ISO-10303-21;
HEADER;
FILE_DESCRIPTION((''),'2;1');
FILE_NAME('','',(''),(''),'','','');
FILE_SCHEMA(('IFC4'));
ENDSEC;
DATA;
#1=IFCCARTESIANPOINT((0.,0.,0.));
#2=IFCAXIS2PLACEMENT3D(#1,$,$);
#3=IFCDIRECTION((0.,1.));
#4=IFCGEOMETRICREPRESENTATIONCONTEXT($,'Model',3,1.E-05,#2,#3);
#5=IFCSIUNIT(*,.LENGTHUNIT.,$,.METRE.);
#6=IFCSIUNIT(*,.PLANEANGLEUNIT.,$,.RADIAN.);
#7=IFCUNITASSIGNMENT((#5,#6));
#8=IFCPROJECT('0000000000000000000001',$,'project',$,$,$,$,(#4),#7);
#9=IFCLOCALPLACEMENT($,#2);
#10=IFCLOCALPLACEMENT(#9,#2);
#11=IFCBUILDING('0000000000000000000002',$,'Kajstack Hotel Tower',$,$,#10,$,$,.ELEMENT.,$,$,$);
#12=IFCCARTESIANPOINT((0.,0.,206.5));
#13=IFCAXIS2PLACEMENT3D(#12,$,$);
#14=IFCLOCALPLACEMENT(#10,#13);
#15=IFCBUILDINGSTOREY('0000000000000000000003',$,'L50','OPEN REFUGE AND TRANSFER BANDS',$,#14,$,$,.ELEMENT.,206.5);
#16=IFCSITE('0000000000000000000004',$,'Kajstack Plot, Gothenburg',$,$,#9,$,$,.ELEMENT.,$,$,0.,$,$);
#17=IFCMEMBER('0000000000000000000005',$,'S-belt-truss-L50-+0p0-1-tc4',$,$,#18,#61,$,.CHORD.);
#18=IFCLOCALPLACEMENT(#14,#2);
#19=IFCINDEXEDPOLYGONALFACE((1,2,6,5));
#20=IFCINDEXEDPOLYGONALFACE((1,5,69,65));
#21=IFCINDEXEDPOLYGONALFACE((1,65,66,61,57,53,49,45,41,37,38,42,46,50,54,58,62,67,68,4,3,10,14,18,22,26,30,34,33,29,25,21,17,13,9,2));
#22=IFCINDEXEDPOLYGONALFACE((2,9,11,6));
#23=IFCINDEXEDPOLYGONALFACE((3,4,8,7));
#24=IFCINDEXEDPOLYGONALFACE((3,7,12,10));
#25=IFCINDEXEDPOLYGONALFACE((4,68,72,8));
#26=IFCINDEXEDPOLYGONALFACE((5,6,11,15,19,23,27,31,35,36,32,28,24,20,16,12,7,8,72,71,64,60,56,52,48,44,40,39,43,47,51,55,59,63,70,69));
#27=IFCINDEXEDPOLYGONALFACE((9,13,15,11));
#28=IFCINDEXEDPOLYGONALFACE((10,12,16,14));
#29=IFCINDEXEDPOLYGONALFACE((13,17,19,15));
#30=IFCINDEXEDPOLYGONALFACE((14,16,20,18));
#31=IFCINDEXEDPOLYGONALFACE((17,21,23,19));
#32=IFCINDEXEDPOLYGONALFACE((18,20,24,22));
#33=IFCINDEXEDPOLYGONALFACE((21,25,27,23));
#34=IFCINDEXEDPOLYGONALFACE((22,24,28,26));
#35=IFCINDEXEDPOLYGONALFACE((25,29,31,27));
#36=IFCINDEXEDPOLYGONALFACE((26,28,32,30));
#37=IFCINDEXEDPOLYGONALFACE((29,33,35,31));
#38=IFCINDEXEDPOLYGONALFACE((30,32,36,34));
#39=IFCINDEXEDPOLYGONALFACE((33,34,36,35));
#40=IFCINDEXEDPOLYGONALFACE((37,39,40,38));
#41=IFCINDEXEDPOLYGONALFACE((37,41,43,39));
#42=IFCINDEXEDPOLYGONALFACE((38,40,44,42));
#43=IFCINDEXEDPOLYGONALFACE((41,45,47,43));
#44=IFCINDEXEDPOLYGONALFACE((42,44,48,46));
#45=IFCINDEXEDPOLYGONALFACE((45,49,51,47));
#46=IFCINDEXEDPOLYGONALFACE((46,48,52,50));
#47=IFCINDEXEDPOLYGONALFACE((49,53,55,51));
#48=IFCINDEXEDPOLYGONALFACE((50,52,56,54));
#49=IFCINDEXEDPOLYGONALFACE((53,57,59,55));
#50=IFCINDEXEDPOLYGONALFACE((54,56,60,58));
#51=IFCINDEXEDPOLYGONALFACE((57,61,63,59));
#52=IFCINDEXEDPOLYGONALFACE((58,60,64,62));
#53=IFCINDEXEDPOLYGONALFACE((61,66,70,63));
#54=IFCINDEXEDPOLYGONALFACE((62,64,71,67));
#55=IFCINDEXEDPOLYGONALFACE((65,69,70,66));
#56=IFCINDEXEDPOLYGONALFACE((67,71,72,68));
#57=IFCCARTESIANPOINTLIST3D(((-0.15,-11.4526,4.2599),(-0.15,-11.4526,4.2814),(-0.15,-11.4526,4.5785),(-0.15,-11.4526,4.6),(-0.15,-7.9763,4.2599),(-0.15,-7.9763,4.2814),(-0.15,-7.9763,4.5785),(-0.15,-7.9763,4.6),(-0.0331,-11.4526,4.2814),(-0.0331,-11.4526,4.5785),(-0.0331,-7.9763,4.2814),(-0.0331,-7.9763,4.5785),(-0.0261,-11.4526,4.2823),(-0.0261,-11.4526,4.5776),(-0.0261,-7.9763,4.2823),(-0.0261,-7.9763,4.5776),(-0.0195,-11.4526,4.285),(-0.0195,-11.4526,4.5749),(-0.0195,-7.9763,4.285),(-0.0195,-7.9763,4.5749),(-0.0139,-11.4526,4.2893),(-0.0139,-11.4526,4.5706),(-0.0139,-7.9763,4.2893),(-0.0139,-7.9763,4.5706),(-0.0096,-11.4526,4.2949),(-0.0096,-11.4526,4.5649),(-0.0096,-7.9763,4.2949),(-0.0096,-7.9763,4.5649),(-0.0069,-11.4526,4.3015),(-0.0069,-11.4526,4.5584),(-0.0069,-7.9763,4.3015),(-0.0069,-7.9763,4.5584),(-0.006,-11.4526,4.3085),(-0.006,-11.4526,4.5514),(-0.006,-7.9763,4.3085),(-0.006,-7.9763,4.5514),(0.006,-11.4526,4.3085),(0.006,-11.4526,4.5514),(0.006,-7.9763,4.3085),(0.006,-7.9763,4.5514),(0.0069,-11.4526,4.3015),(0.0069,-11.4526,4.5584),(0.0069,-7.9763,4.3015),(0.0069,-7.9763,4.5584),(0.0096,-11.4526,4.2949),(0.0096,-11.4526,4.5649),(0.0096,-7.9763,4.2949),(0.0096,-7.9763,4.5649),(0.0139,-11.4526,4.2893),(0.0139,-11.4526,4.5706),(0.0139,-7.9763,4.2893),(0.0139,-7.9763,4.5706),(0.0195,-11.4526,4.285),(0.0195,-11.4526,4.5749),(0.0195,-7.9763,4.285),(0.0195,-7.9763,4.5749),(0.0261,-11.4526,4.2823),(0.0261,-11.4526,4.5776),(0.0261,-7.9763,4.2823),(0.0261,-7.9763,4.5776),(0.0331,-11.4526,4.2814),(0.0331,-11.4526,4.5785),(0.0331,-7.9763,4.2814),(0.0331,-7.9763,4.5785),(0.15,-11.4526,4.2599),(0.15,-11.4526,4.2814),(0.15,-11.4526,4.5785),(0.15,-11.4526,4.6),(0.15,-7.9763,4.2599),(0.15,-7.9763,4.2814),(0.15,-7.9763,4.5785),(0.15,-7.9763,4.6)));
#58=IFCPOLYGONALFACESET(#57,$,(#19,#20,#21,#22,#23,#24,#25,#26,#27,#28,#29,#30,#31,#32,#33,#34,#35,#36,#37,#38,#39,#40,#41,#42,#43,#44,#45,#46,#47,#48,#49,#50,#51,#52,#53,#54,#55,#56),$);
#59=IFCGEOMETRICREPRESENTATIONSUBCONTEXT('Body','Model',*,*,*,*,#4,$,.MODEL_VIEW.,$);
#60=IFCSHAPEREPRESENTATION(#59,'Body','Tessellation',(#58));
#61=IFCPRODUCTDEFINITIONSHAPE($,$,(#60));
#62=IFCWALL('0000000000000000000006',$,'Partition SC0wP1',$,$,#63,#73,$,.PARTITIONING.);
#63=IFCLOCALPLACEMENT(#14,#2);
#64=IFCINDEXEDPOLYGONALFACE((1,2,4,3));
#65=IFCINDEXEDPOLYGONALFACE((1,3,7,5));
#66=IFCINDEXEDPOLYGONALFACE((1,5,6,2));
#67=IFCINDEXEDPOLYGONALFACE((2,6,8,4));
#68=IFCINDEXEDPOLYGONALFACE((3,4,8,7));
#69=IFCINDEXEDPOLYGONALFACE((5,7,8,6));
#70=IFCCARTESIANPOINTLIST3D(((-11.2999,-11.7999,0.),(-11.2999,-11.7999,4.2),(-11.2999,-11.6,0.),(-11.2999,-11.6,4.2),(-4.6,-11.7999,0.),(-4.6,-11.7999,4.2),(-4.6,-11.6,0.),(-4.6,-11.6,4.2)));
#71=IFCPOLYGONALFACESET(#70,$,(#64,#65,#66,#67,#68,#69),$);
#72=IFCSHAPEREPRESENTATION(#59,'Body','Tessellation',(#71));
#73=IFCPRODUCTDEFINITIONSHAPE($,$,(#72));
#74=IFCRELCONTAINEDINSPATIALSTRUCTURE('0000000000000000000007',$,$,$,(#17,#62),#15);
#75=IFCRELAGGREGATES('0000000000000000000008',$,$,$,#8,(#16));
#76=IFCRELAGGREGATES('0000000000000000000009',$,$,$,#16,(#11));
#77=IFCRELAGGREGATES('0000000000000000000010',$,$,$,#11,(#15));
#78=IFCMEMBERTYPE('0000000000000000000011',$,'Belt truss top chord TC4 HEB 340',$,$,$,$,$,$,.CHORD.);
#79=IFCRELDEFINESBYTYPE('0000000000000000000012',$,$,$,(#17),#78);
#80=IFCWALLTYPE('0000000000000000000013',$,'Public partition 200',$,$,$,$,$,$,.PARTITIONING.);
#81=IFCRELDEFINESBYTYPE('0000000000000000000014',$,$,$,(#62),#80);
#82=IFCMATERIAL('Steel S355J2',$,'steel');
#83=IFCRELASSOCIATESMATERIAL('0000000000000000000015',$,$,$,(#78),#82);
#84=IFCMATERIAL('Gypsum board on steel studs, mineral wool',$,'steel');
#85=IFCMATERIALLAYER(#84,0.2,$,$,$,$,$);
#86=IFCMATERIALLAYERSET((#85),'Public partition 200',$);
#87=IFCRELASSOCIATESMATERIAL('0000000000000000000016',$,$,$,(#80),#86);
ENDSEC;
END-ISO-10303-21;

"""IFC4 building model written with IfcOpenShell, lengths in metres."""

from ifc_helpers import new_model, si_unit, direction, frame, frame_2d, origin, origin_2d, place, context, subcontext, project, spatial, rectangle, i_section, extrude, material, layer, layer_set, material_profile, profile_set, type_object, element, save


model = new_model("IFC4")

# Units and contexts
model_context = context("Model", 3, precision=1e-05, world=origin(), true_north=direction((0.0, 1.0)))
body_context = subcontext(model_context, "Body", "Model", "MODEL_VIEW")
ifc_project = project(units=[si_unit("LENGTHUNIT", "METRE"), si_unit("PLANEANGLEUNIT", "RADIAN")], contexts=[model_context])

# Site, building, storey
site_placement = place(None, origin())
site = spatial("IfcSite", under=ifc_project, at=site_placement, Name="Kajstack Plot, Gothenburg", CompositionType="ELEMENT", RefElevation=0.0)
building_placement = place(site_placement, origin())
building = spatial("IfcBuilding", under=site, at=building_placement, Name="Kajstack Hotel Tower", CompositionType="ELEMENT")
storey_placement = place(building_placement, frame((0.0, 0.0, 206.5)))
storey = spatial("IfcBuildingStorey", under=building, at=storey_placement, Name="L50", Description="OPEN REFUGE AND TRANSFER BANDS", CompositionType="ELEMENT", Elevation=206.5)

# Member
ifc_material_1 = material(Name="Steel S355J2", Category="steel")
ifc_material_profile_1 = material_profile(ifc_material_1, i_section(OverallWidth=0.3, OverallDepth=0.3401, WebThickness=0.012, FlangeThickness=0.0215, FilletRadius=0.0271, at=origin_2d()), Name="HEB 340")
ifc_profile_set_1 = profile_set([ifc_material_profile_1], Name="Steel S355J2")
member_type_1 = type_object("IfcMemberType", Name="Belt truss top chord TC4 HEB 340", PredefinedType="CHORD", material=ifc_profile_set_1)
member_1_placement = place(storey_placement, frame((0.0, -11.4526, 4.4299), z_axis=(0.0, 1.0, 0.0), x_axis=(-1.0, 0.0, 0.0)))
element("IfcMember", 1, at=member_1_placement, inside=storey, type_object=member_type_1, Name="S-belt-truss-L50-+0p0-1-tc4", PredefinedType="CHORD", context=body_context, shape_type="SweptSolid", body=[
    extrude(i_section(OverallWidth=0.3, OverallDepth=0.3401, WebThickness=0.012, FlangeThickness=0.0215, FilletRadius=0.0271, at=origin_2d()), origin(), (0.0, 0.0, 1.0), 3.4763),
])

# Wall
ifc_material_2 = material(Name="Gypsum board on steel studs, mineral wool", Category="steel")
ifc_layer_1 = layer(ifc_material_2, 0.2)
ifc_layer_set_1 = layer_set([ifc_layer_1], Name="Public partition 200")
wall_type = type_object("IfcWallType", Name="Public partition 200", PredefinedType="PARTITIONING", material=ifc_layer_set_1)
wall_placement = place(storey_placement, frame((-11.3, -11.7, 0.0), z_axis=(0.0, 0.0, 1.0), x_axis=(1.0, 0.0, 0.0)))
element("IfcWall", 2, at=wall_placement, inside=storey, type_object=wall_type, Name="Partition SC0wP1", PredefinedType="PARTITIONING", context=body_context, shape_type="SweptSolid", body=[
    extrude(rectangle(XDim=6.7, YDim=0.2, at=frame_2d((3.3501, 0.0))), origin(), (0.0, 0.0, 1.0), 4.2),
])

save(model, "model.ifc")
